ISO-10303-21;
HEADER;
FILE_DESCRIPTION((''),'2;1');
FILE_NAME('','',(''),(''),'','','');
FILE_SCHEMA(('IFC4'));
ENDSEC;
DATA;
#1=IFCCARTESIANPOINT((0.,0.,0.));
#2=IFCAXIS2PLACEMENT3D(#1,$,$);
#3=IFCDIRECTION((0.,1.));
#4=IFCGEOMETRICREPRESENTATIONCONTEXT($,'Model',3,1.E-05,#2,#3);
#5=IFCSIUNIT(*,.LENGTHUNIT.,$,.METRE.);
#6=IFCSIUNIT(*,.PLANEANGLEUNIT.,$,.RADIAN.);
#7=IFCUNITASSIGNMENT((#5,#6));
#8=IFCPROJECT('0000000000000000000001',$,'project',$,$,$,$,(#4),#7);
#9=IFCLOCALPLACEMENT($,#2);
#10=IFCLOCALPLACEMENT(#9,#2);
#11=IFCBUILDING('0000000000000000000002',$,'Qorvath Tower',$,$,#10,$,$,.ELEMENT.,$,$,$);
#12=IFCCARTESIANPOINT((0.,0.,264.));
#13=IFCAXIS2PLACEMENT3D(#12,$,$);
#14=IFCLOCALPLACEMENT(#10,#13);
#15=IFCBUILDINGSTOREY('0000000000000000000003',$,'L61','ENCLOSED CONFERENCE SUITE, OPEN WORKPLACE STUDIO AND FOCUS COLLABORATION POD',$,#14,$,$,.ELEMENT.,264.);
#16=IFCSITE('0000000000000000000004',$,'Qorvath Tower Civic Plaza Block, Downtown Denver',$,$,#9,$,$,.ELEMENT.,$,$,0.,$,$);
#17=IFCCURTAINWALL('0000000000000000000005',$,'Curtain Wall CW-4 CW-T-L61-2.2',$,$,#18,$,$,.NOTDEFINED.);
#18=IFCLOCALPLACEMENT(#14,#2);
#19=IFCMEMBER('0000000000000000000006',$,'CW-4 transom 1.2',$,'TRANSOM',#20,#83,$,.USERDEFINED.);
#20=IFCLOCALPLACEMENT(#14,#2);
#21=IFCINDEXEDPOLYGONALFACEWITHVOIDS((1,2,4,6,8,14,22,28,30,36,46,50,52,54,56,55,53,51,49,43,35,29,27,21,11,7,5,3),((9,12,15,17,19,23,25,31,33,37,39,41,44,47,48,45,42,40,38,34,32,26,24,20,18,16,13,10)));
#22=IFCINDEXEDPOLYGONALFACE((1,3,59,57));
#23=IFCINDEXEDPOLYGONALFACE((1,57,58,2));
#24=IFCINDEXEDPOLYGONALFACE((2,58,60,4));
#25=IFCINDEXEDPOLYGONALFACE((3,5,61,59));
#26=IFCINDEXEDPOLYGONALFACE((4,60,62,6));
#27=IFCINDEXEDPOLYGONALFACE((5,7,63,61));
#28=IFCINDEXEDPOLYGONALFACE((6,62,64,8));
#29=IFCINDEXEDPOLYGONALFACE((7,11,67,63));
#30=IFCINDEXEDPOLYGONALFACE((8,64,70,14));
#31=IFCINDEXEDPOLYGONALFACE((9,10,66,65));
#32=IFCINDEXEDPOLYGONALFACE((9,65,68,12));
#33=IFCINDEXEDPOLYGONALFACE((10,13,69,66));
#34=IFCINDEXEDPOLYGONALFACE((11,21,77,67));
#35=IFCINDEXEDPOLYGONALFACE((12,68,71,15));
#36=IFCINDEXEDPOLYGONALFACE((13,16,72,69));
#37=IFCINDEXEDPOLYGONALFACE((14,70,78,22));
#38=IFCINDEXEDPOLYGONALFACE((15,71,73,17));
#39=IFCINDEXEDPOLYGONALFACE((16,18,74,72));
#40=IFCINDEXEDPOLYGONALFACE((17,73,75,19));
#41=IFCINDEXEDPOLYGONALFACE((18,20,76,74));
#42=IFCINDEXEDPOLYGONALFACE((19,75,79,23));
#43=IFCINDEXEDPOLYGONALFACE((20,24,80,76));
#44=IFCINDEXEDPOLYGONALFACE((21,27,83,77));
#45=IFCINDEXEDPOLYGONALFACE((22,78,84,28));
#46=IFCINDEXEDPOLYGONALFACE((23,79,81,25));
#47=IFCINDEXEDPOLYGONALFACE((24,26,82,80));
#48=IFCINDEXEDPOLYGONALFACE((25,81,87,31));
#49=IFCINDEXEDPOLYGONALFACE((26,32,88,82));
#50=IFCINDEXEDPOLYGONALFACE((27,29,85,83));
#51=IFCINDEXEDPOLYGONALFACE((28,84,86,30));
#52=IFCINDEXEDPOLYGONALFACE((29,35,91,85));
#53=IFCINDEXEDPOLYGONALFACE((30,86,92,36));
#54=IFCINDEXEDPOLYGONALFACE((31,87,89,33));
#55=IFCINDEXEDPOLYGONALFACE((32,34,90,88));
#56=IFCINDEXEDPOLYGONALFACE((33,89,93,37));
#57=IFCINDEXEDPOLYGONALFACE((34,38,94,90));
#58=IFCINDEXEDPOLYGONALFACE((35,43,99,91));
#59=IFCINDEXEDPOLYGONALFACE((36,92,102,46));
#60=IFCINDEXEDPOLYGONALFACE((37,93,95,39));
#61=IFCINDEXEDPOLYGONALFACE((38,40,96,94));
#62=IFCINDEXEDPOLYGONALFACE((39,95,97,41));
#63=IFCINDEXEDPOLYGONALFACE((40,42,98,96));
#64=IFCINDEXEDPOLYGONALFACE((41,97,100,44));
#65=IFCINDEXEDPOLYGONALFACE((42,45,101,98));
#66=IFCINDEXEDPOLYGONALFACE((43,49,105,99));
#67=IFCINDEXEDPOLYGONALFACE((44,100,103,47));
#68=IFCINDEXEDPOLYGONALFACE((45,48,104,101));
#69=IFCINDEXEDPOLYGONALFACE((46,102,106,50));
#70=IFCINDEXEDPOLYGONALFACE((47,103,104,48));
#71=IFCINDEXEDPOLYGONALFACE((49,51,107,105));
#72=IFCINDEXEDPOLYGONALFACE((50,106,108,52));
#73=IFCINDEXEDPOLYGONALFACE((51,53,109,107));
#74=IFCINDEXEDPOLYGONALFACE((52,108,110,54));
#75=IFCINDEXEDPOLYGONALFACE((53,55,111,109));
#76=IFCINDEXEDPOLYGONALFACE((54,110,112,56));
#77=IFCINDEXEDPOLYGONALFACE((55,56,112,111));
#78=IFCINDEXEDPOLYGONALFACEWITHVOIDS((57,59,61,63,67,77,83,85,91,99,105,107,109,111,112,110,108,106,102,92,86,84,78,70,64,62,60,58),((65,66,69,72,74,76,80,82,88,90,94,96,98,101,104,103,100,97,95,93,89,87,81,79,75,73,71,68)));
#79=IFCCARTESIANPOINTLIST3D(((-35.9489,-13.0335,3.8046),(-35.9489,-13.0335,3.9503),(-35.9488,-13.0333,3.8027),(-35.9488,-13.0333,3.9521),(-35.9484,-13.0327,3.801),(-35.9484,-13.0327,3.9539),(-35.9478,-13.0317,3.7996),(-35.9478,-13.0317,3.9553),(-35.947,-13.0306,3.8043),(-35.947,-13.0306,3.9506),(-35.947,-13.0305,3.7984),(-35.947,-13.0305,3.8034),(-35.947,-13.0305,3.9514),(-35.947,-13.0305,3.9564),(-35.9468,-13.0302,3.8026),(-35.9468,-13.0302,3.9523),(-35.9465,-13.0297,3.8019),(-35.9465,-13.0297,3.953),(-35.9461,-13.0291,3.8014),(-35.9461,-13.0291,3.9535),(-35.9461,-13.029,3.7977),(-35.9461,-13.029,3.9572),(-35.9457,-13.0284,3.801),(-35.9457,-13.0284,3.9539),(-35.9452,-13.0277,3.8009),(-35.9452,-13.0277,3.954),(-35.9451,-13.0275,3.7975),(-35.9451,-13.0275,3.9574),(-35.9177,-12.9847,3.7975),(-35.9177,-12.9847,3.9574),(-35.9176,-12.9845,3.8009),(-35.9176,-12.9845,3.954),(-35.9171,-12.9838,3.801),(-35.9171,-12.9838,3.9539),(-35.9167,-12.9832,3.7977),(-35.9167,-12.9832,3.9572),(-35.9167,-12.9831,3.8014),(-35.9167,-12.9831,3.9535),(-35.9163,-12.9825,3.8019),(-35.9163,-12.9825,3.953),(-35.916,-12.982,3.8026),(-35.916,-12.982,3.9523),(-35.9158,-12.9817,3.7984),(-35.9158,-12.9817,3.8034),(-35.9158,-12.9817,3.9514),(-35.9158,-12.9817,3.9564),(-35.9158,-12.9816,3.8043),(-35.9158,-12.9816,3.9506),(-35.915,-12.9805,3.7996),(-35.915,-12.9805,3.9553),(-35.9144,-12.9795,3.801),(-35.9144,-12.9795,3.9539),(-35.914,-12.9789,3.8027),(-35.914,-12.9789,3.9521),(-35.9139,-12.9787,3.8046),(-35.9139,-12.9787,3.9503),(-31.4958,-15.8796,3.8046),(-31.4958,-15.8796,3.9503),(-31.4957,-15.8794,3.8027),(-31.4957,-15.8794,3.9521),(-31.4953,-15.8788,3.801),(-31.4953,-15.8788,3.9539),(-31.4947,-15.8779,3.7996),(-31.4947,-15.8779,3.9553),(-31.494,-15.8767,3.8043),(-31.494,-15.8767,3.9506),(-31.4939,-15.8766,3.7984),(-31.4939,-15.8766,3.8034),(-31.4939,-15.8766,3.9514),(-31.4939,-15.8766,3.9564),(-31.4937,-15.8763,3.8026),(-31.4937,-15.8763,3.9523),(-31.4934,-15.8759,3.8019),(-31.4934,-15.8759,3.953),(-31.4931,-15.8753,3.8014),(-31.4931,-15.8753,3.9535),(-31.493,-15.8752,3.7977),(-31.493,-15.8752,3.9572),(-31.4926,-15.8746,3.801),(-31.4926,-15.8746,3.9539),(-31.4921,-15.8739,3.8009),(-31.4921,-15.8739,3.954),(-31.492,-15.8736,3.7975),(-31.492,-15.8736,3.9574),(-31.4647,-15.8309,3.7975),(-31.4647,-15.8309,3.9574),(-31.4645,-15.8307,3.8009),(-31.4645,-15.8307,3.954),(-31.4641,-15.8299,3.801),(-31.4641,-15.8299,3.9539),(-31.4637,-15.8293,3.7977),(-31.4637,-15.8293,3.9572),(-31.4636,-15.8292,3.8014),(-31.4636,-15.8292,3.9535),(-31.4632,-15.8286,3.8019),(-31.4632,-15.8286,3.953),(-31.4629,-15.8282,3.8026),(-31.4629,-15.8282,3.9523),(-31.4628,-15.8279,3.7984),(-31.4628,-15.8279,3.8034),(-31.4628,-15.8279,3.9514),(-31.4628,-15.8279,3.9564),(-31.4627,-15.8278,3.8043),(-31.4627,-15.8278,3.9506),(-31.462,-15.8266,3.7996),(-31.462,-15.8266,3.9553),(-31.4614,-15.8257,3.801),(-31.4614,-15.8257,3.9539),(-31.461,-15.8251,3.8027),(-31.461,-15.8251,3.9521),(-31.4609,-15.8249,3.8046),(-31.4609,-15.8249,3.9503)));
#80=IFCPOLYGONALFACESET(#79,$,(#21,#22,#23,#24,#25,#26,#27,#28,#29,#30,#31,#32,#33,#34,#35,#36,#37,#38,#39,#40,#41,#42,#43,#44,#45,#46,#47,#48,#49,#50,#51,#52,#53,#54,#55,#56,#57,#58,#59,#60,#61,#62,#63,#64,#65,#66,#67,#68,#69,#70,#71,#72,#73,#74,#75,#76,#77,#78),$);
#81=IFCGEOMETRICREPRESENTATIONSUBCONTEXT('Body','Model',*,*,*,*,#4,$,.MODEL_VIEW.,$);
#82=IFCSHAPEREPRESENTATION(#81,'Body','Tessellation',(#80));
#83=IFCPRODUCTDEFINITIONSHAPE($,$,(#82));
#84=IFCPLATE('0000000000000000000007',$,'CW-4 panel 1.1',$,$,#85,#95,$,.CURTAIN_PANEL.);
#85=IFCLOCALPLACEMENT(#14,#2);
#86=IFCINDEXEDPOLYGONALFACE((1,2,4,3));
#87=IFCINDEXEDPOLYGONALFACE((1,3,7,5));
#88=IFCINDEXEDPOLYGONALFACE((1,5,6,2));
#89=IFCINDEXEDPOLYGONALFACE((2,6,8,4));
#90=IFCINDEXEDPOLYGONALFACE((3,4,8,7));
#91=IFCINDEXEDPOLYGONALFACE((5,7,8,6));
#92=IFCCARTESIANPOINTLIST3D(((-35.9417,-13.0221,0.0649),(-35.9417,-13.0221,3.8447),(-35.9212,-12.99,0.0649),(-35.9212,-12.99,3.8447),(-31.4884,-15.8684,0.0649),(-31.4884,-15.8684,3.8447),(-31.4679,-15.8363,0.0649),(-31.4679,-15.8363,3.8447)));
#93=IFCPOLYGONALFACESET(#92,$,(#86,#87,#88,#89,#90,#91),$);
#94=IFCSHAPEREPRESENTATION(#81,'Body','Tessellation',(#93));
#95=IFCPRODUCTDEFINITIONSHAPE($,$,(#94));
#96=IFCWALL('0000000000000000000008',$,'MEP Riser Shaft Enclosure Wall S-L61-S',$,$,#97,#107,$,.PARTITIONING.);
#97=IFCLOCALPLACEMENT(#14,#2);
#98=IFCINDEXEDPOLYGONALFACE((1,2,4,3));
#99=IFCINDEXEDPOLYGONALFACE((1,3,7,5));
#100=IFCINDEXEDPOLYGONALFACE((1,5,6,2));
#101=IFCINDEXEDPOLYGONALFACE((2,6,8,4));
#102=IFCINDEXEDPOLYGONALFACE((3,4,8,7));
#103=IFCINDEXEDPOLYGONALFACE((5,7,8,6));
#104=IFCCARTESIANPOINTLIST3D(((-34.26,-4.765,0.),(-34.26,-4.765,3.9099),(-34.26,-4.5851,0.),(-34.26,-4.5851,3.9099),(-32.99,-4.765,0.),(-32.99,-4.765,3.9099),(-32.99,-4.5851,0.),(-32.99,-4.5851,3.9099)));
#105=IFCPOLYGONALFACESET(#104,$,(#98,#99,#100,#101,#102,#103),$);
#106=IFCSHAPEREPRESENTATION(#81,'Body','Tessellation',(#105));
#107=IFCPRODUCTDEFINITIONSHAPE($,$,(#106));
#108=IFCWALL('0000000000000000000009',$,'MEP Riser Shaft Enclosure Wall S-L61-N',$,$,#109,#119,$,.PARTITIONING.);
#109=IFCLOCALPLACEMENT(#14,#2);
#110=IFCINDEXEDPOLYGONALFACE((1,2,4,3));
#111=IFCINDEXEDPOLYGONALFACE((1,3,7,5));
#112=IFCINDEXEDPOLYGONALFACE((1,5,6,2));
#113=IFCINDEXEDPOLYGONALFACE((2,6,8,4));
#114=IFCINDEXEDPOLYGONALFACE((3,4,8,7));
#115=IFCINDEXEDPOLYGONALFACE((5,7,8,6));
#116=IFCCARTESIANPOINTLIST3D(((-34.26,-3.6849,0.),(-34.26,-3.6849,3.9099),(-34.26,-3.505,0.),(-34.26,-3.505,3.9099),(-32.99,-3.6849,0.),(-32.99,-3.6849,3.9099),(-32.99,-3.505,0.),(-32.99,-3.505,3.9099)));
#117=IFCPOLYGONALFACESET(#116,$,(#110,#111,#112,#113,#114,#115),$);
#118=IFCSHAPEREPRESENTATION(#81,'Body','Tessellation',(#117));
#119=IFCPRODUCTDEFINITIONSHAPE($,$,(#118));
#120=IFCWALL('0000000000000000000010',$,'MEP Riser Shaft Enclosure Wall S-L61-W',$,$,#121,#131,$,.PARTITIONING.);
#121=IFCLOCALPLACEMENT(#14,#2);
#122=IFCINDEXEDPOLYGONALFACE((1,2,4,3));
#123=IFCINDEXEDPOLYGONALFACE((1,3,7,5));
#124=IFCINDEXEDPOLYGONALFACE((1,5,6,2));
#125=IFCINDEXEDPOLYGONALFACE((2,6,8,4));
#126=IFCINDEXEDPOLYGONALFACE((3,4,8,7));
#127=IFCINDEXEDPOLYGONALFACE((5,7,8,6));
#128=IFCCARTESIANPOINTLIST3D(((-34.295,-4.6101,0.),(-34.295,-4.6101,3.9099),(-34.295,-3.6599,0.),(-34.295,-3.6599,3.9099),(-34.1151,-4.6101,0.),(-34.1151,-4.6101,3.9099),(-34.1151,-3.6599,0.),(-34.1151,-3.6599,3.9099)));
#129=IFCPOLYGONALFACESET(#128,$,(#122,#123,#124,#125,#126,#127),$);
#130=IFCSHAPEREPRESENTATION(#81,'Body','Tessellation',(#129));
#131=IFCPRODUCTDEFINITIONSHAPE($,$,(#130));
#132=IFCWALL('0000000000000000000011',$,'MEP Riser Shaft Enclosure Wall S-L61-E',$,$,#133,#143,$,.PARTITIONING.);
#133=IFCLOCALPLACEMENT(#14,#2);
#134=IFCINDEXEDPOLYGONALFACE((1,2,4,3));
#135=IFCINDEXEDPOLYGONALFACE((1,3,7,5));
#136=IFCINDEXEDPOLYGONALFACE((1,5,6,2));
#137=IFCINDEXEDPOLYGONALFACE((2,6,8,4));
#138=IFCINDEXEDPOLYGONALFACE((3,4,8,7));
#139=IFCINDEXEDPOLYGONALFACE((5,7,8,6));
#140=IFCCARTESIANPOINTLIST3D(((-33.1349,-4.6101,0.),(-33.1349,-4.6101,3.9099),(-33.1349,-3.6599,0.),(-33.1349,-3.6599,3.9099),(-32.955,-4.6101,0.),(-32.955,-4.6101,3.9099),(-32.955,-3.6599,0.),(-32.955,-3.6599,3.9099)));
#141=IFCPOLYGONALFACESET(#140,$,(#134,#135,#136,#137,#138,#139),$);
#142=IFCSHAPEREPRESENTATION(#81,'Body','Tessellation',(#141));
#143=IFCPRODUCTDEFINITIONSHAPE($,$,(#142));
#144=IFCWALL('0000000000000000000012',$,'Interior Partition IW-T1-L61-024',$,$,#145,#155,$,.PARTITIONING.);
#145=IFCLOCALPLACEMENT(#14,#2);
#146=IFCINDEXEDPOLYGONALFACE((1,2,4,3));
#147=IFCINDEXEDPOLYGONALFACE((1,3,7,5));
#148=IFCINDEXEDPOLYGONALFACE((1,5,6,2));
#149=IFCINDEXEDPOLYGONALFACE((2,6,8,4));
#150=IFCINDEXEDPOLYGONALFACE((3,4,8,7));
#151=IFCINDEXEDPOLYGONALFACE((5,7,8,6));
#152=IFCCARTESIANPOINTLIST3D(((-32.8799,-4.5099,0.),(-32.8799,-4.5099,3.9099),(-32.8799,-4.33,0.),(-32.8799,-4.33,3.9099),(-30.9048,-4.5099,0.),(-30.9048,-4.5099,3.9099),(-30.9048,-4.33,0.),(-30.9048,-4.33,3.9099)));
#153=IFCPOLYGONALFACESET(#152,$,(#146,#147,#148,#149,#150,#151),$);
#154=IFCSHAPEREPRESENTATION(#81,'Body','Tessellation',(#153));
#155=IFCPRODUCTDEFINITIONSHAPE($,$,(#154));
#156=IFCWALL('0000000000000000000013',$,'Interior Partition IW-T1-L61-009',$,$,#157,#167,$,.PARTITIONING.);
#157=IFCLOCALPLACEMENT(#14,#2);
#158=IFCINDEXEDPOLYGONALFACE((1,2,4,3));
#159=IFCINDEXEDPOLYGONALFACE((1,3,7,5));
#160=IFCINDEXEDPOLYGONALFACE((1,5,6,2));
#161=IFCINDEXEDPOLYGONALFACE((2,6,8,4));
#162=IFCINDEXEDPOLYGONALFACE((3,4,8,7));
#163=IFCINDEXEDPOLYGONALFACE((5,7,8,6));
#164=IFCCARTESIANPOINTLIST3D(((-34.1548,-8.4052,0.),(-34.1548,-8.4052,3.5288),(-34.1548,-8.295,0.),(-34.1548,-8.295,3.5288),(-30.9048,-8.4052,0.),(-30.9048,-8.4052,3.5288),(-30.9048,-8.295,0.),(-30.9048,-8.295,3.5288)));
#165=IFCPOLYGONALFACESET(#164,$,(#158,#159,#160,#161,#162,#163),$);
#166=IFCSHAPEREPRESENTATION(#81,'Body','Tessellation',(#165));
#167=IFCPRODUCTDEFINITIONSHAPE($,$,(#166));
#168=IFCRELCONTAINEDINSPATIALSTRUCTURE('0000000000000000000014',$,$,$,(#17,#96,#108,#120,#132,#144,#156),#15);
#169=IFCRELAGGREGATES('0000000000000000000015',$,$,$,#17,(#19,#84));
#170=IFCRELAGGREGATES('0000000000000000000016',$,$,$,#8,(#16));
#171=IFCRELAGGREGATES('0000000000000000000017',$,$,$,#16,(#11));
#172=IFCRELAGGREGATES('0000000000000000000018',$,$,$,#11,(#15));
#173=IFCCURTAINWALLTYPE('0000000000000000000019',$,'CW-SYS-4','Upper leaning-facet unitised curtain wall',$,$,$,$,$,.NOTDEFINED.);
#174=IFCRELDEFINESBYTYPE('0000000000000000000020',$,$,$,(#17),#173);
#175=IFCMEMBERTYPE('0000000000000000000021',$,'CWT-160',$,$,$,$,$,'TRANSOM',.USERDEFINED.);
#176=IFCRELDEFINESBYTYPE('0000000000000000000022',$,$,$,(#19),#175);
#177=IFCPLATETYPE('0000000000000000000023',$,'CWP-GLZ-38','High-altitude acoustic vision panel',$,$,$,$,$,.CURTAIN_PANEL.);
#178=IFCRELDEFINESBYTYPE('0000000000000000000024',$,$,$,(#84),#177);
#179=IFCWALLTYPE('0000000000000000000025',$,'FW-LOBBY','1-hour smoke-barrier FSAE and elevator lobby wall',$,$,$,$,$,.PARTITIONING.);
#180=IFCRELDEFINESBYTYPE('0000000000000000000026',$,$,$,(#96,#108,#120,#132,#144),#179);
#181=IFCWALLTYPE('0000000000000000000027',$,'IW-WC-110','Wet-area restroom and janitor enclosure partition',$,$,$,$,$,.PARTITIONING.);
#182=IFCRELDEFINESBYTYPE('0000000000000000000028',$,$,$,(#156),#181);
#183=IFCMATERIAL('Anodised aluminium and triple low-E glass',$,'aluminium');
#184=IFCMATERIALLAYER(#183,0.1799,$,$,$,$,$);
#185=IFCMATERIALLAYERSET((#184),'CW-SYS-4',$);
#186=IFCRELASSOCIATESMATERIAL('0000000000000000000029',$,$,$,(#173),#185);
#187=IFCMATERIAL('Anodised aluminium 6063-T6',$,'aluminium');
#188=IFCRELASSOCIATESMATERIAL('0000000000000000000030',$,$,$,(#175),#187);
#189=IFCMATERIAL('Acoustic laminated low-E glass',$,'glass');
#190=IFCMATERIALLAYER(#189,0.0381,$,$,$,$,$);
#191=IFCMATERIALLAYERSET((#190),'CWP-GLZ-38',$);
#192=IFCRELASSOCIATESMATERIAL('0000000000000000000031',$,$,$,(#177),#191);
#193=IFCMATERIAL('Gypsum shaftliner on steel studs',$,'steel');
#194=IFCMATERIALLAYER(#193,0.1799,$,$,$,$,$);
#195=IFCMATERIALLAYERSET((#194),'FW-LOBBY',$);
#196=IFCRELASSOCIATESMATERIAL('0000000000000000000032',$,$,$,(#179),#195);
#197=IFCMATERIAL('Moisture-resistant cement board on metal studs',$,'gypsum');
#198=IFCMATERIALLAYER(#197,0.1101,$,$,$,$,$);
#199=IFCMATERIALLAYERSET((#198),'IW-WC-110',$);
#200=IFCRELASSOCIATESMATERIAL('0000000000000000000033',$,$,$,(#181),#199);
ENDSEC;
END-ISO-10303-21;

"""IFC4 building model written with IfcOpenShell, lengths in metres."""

from ifc_helpers import new_model, si_unit, direction, frame, frame_2d, origin, origin_2d, place, context, subcontext, project, spatial, rectangle, hollow_rectangle, extrude, material, layer, layer_set, material_profile, profile_set, type_object, element, aggregate, save


model = new_model("IFC4")

# Units and contexts
model_context = context("Model", 3, precision=1e-05, world=origin(), true_north=direction((0.0, 1.0)))
body_context = subcontext(model_context, "Body", "Model", "MODEL_VIEW")
ifc_project = project(units=[si_unit("LENGTHUNIT", "METRE"), si_unit("PLANEANGLEUNIT", "RADIAN")], contexts=[model_context])

# Site, building, storey
site_placement = place(None, origin())
site = spatial("IfcSite", under=ifc_project, at=site_placement, Name="Qorvath Tower Civic Plaza Block, Downtown Denver", CompositionType="ELEMENT", RefElevation=0.0)
building_placement = place(site_placement, origin())
building = spatial("IfcBuilding", under=site, at=building_placement, Name="Qorvath Tower", CompositionType="ELEMENT")
storey_placement = place(building_placement, frame((0.0, 0.0, 264.0)))
storey = spatial("IfcBuildingStorey", under=building, at=storey_placement, Name="L61", Description="ENCLOSED CONFERENCE SUITE, OPEN WORKPLACE STUDIO AND FOCUS COLLABORATION POD", CompositionType="ELEMENT", Elevation=264.0)

# Shared definitions
ifc_material_1 = material(Name="Anodised aluminium and triple low-E glass", Category="aluminium")
ifc_layer_1 = layer(ifc_material_1, 0.1799)
ifc_layer_set_1 = layer_set([ifc_layer_1], Name="CW-SYS-4")
curtain_wall_type = type_object("IfcCurtainWallType", Name="CW-SYS-4", Description="Upper leaning-facet unitised curtain wall", PredefinedType="NOTDEFINED", material=ifc_layer_set_1)

# Curtain wall, member, plate
curtain_wall_1_placement = place(storey_placement, origin())
curtain_wall_1 = element("IfcCurtainWall", 1, at=curtain_wall_1_placement, inside=storey, type_object=curtain_wall_type, Name="Curtain Wall CW-4 CW-T-L61-2.2", PredefinedType="NOTDEFINED")
ifc_material_2 = material(Name="Anodised aluminium 6063-T6", Category="aluminium")
ifc_material_profile_1 = material_profile(ifc_material_2, hollow_rectangle(XDim=0.0649, YDim=0.1599, WallThickness=0.0034, InnerFilletRadius=0.0034, OuterFilletRadius=0.0071, at=origin_2d()), Name="CWT 160x65")
ifc_profile_set_1 = profile_set([ifc_material_profile_1], Name="Anodised aluminium 6063-T6")
member_type_1 = type_object("IfcMemberType", Name="CWT-160", ElementType="TRANSOM", PredefinedType="USERDEFINED", material=ifc_profile_set_1)
member_1_placement = place(storey_placement, frame((-35.9314, -13.0061, 3.8774), z_axis=(0.842598, -0.538542, 0.0), x_axis=(0.538542, 0.842598, 0.0)))
member_1 = element("IfcMember", 2, at=member_1_placement, type_object=member_type_1, Name="CW-4 transom 1.2", ObjectType="TRANSOM", PredefinedType="USERDEFINED", context=body_context, shape_type="SweptSolid", body=[
    extrude(hollow_rectangle(XDim=0.0649, YDim=0.1599, WallThickness=0.0034, InnerFilletRadius=0.0034, OuterFilletRadius=0.0071, at=origin_2d()), origin(), (0.0, 0.0, 1.0), 5.2849),
])
ifc_material_3 = material(Name="Acoustic laminated low-E glass", Category="glass")
ifc_layer_2 = layer(ifc_material_3, 0.0381)
ifc_layer_set_2 = layer_set([ifc_layer_2], Name="CWP-GLZ-38")
plate_type = type_object("IfcPlateType", Name="CWP-GLZ-38", Description="High-altitude acoustic vision panel", PredefinedType="CURTAIN_PANEL", material=ifc_layer_set_2)
plate_placement = place(storey_placement, frame((-33.7048, -14.4292, 0.0649), z_axis=(0.0, 0.0, 1.0), x_axis=(0.842602, -0.538536, 0.0)))
plate = element("IfcPlate", 3, at=plate_placement, type_object=plate_type, Name="CW-4 panel 1.1", PredefinedType="CURTAIN_PANEL", context=body_context, shape_type="SweptSolid", body=[
    extrude(rectangle(XDim=5.2852, YDim=0.0381, at=origin_2d()), origin(), (0.0, 0.0, 1.0), 3.7798),
])
aggregate(curtain_wall_1, [member_1, plate])

# Walls
ifc_material_4 = material(Name="Gypsum shaftliner on steel studs", Category="steel")
ifc_layer_3 = layer(ifc_material_4, 0.1799)
ifc_layer_set_3 = layer_set([ifc_layer_3], Name="FW-LOBBY")
wall_type_1 = type_object("IfcWallType", Name="FW-LOBBY", Description="1-hour smoke-barrier FSAE and elevator lobby wall", PredefinedType="PARTITIONING", material=ifc_layer_set_3)
for number, where, z_axis, x_axis, name in (
    (4, (-32.99, -4.675, 0.0), (0.0, 0.0, 1.0), (-1.0, 0.0, 0.0), "MEP Riser Shaft Enclosure Wall S-L61-S"),
    (5, (-34.26, -3.595, 0.0), (0.0, 0.0, 1.0), (1.0, 0.0, 0.0), "MEP Riser Shaft Enclosure Wall S-L61-N"),
):
    element("IfcWall", number, at=place(storey_placement, frame(where, z_axis=z_axis, x_axis=x_axis)), inside=storey, type_object=wall_type_1, Name=name, PredefinedType="PARTITIONING", context=body_context, shape_type="SweptSolid", body=[
        extrude(rectangle(XDim=1.27, YDim=0.1799, at=frame_2d((0.635, 0.0))), origin(), (0.0, 0.0, 1.0), 3.9099),
    ])
for number, where, z_axis, x_axis, name in (
    (6, (-34.2051, -4.6101, 0.0), (0.0, 0.0, 1.0), (0.0, 1.0, 0.0), "MEP Riser Shaft Enclosure Wall S-L61-W"),
    (7, (-33.0449, -3.6599, 0.0), (0.0, 0.0, 1.0), (0.0, -1.0, 0.0), "MEP Riser Shaft Enclosure Wall S-L61-E"),
):
    element("IfcWall", number, at=place(storey_placement, frame(where, z_axis=z_axis, x_axis=x_axis)), inside=storey, type_object=wall_type_1, Name=name, PredefinedType="PARTITIONING", context=body_context, shape_type="SweptSolid", body=[
        extrude(rectangle(XDim=0.9502, YDim=0.1799, at=frame_2d((0.4751, 0.0))), origin(), (0.0, 0.0, 1.0), 3.9099),
    ])
wall_1_placement = place(storey_placement, frame((-32.8799, -4.4199, 0.0), z_axis=(0.0, 0.0, 1.0), x_axis=(1.0, 0.0, 0.0)))
element("IfcWall", 8, at=wall_1_placement, inside=storey, type_object=wall_type_1, Name="Interior Partition IW-T1-L61-024", PredefinedType="PARTITIONING", context=body_context, shape_type="SweptSolid", body=[
    extrude(rectangle(XDim=1.9751, YDim=0.1799, at=frame_2d((0.9875, 0.0))), origin(), (0.0, 0.0, 1.0), 3.9099),
])
ifc_material_5 = material(Name="Moisture-resistant cement board on metal studs", Category="gypsum")
ifc_layer_4 = layer(ifc_material_5, 0.1101)
ifc_layer_set_4 = layer_set([ifc_layer_4], Name="IW-WC-110")
wall_type_2 = type_object("IfcWallType", Name="IW-WC-110", Description="Wet-area restroom and janitor enclosure partition", PredefinedType="PARTITIONING", material=ifc_layer_set_4)
wall_2_placement = place(storey_placement, frame((-34.1548, -8.3501, 0.0), z_axis=(0.0, 0.0, 1.0), x_axis=(1.0, 0.0, 0.0)))
element("IfcWall", 9, at=wall_2_placement, inside=storey, type_object=wall_type_2, Name="Interior Partition IW-T1-L61-009", PredefinedType="PARTITIONING", context=body_context, shape_type="SweptSolid", body=[
    extrude(rectangle(XDim=3.25, YDim=0.1101, at=frame_2d((1.625, 0.0))), origin(), (0.0, 0.0, 1.0), 3.5288),
])

save(model, "model.ifc")
